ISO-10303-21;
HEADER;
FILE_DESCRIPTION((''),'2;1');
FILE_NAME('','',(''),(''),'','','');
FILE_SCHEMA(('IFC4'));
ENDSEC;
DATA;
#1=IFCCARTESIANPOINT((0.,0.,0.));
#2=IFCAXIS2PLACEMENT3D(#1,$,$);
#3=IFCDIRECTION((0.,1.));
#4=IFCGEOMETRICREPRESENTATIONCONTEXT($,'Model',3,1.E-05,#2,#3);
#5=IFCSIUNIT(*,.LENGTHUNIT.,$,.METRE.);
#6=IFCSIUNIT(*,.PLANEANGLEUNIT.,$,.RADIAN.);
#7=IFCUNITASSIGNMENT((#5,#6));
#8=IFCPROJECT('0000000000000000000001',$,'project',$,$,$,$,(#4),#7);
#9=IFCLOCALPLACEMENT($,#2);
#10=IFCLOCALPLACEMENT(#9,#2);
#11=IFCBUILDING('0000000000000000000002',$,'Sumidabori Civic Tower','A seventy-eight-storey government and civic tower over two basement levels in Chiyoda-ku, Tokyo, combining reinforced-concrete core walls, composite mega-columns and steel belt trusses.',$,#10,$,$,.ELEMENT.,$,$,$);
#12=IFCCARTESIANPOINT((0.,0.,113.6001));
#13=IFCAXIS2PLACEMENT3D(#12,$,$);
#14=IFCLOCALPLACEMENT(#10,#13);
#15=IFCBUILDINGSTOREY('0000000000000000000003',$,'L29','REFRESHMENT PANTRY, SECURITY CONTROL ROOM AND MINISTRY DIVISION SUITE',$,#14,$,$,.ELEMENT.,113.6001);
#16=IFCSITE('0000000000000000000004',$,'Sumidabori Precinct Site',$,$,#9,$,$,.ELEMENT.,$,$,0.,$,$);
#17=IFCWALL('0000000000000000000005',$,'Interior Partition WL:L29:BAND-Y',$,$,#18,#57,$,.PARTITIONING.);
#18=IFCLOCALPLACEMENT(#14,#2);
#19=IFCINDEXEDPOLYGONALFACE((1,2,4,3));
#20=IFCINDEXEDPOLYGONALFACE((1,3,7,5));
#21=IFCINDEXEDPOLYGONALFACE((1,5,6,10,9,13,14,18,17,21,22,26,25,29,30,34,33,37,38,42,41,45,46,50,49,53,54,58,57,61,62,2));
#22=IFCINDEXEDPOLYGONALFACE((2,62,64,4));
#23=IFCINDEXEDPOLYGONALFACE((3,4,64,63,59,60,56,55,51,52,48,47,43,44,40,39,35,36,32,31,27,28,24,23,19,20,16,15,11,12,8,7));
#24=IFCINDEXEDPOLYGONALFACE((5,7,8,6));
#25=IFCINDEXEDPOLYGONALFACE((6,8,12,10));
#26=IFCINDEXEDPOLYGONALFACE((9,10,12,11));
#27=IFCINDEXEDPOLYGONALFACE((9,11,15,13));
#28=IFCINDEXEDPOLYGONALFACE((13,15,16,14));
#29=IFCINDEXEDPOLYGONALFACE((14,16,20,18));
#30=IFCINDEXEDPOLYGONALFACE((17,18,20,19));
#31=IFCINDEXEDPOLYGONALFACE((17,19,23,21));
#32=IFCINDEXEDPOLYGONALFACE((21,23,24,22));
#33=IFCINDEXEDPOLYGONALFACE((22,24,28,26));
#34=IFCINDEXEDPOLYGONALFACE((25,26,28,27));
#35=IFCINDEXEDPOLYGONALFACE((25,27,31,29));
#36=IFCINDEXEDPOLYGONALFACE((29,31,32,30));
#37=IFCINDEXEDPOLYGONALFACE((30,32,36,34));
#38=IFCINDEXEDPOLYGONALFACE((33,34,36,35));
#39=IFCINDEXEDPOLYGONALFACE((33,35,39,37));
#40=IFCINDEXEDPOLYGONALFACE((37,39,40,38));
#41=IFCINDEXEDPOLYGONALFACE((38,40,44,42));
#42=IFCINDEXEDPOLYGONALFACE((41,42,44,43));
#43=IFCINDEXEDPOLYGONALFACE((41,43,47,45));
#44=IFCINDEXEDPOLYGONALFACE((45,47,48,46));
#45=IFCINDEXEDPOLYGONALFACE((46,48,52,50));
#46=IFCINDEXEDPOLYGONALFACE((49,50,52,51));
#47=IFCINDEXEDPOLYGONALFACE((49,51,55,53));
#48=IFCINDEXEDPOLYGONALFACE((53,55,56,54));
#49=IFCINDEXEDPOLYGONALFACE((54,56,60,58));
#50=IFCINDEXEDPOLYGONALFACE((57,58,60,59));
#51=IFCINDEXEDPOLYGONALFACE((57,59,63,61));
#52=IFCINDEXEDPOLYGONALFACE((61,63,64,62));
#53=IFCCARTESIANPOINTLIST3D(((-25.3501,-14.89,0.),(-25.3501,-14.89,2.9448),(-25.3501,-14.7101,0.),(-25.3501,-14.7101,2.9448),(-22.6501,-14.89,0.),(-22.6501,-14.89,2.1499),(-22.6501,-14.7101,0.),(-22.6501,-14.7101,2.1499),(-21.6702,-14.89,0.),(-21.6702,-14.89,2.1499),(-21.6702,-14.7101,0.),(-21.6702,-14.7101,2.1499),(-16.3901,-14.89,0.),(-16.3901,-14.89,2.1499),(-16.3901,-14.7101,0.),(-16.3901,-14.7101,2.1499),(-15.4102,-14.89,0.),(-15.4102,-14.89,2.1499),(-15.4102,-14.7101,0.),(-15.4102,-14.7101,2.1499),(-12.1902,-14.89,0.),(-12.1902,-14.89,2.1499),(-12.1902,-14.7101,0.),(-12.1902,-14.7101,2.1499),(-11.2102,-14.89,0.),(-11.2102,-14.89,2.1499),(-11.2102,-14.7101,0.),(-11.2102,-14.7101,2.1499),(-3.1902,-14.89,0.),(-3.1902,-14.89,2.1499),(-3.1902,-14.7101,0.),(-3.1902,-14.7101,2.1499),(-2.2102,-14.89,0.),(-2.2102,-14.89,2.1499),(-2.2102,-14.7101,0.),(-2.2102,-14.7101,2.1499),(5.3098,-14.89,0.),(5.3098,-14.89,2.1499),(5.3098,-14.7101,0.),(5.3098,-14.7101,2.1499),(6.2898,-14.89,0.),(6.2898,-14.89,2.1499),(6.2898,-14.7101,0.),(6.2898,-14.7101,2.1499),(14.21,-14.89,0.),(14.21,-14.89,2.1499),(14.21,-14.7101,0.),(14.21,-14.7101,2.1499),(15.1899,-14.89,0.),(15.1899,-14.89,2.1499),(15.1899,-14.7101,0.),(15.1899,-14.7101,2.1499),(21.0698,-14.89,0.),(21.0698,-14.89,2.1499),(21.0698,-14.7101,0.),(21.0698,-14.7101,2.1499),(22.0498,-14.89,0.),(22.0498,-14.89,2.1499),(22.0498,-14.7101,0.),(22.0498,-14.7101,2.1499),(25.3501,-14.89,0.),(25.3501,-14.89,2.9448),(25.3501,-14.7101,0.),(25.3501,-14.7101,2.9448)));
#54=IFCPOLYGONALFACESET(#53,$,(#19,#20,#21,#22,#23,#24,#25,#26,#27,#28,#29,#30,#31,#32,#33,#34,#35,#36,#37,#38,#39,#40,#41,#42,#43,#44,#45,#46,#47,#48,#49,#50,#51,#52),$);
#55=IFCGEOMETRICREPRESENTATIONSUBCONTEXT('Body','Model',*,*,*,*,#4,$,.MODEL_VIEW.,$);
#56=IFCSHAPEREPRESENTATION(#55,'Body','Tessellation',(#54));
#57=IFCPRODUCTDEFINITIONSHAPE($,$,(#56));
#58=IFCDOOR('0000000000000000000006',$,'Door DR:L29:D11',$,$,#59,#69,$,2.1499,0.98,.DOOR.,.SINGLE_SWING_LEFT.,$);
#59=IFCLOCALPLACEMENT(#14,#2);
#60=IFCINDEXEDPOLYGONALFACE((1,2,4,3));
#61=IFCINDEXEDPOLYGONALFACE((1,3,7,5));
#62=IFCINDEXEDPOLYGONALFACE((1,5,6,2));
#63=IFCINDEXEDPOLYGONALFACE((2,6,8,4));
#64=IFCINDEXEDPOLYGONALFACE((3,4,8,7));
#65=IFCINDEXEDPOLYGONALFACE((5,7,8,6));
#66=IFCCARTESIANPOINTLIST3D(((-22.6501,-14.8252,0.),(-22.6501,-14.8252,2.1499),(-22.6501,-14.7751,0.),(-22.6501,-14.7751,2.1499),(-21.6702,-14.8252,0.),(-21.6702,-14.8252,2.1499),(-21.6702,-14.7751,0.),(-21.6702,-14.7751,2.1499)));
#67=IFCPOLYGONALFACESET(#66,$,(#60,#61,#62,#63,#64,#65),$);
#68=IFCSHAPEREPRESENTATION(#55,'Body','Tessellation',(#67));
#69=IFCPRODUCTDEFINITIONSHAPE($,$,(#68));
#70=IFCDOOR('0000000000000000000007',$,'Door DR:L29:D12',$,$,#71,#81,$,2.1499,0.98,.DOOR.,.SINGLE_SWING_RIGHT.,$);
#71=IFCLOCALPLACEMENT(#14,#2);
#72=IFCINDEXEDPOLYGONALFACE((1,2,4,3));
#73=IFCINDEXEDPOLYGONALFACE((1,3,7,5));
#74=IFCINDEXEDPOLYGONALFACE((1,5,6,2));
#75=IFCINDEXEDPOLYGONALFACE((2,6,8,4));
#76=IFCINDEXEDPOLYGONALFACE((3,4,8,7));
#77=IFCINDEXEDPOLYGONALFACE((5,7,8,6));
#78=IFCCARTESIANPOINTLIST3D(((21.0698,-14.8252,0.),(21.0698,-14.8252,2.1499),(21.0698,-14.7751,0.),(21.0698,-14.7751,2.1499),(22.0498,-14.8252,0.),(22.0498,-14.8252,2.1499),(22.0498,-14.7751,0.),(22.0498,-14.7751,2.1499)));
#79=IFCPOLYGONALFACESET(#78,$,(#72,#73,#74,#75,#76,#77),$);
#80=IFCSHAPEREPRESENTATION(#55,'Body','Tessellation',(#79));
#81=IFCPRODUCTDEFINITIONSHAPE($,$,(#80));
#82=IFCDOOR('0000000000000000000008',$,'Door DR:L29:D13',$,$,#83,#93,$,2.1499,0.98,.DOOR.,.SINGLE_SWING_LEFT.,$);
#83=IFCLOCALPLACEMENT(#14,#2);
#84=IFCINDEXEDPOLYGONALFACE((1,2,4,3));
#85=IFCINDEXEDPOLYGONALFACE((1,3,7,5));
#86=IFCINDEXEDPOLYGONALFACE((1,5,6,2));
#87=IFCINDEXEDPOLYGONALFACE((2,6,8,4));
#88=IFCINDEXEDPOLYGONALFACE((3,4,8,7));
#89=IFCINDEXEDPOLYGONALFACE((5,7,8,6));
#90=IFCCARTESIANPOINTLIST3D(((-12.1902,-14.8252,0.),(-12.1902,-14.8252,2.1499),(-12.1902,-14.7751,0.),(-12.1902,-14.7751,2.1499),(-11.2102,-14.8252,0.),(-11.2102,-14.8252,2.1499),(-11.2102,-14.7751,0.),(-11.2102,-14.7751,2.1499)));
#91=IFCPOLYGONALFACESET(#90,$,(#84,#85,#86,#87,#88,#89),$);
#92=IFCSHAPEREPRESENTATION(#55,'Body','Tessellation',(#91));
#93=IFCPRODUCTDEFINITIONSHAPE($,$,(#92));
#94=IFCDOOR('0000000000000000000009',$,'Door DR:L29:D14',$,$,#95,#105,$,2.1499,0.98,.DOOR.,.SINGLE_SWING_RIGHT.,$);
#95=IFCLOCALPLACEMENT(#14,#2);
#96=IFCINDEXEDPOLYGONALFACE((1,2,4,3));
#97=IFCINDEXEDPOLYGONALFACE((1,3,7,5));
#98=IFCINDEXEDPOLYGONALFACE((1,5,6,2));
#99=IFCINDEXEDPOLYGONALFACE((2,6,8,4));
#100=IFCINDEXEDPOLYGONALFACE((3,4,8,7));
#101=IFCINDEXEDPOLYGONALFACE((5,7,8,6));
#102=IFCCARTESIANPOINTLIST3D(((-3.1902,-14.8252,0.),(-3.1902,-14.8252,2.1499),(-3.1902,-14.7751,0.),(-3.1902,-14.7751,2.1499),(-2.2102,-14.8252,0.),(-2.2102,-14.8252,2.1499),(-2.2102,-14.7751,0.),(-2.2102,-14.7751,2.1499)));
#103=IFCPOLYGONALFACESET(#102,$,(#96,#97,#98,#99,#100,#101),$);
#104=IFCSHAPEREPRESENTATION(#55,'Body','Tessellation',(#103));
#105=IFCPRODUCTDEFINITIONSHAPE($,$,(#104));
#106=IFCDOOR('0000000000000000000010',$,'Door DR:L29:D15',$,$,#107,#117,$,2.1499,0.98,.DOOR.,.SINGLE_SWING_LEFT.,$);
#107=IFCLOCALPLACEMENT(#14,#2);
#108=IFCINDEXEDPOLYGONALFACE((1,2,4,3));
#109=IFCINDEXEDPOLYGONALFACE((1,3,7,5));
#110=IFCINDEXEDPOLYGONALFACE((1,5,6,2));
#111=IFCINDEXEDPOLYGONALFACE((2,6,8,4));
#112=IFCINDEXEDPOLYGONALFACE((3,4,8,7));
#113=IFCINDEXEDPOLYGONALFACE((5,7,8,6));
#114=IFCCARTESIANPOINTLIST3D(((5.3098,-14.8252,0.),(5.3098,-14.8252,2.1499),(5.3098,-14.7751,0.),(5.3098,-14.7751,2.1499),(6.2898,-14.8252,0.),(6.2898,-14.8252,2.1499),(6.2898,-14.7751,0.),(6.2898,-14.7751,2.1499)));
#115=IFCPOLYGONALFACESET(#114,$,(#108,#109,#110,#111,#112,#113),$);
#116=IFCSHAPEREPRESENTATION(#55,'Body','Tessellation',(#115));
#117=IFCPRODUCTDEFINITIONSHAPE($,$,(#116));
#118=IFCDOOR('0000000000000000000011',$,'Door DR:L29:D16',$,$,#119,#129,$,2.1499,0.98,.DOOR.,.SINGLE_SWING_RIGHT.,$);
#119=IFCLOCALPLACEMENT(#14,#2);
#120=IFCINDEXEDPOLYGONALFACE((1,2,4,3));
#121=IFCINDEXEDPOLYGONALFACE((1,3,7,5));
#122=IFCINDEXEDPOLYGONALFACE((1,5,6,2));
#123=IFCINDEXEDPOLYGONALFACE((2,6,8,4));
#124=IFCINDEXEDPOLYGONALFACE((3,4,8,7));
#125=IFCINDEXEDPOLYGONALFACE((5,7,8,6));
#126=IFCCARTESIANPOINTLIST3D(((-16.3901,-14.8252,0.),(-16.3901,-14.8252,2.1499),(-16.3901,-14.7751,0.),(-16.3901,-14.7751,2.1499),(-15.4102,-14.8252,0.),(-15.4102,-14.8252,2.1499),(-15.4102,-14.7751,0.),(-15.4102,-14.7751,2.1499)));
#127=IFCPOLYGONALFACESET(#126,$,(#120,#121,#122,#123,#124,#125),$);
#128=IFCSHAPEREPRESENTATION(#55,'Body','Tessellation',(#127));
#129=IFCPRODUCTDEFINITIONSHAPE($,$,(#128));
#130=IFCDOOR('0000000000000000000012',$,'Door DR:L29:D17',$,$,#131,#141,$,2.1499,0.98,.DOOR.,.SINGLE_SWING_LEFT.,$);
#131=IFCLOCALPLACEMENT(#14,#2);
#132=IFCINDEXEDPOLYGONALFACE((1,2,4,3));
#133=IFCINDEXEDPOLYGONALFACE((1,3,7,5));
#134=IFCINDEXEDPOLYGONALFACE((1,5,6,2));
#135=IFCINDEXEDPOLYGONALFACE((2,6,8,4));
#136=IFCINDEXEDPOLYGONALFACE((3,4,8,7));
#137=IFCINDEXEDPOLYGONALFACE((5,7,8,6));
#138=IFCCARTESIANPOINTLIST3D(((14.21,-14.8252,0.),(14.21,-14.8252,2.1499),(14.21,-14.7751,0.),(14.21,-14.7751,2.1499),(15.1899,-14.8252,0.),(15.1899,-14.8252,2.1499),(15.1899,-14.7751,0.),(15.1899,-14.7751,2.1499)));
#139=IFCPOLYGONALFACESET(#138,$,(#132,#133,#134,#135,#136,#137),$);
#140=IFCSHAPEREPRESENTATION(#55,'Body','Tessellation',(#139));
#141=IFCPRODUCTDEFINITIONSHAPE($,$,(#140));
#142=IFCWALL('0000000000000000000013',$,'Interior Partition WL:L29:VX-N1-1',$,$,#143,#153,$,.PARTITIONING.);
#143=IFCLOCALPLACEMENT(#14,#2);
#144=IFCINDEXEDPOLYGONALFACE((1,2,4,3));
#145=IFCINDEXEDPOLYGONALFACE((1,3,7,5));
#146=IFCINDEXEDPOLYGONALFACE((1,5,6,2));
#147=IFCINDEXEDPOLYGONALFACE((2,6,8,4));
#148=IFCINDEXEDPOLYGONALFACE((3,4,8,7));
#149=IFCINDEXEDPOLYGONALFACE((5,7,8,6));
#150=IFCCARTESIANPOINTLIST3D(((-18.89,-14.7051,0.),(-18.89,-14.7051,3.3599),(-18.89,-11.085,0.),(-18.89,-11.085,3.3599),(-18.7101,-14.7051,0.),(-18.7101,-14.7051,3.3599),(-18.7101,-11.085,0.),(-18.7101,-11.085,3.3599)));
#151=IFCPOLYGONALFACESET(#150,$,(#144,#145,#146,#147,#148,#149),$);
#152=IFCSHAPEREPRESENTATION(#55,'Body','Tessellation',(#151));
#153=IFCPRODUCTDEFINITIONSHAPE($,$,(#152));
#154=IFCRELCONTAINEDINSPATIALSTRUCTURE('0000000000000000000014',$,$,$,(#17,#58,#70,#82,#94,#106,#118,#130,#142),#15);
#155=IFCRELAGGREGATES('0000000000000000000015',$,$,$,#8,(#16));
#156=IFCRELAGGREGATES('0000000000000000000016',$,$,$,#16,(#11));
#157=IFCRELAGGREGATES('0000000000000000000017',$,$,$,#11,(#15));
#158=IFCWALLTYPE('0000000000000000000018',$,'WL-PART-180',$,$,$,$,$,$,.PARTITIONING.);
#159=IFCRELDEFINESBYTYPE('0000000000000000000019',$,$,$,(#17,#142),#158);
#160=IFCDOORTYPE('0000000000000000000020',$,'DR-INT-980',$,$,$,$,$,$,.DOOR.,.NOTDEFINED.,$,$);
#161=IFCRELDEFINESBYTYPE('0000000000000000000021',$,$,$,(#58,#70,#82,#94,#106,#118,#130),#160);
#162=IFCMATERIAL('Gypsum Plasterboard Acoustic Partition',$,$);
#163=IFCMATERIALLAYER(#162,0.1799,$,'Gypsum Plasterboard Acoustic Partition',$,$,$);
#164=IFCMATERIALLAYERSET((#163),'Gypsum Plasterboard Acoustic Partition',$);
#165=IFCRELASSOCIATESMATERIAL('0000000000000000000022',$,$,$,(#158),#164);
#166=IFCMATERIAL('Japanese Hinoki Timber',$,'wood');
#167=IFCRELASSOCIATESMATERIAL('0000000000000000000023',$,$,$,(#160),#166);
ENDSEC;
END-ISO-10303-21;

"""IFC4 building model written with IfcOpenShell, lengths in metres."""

from ifc_helpers import new_model, si_unit, direction, frame, frame_2d, origin, place, context, subcontext, project, spatial, rectangle, extrude, source, transform, mapped, material, layer, layer_set, type_object, element, fill, save


model = new_model("IFC4")

# Units and contexts
model_context = context("Model", 3, precision=1e-05, world=origin(), true_north=direction((0.0, 1.0)))
body_context = subcontext(model_context, "Body", "Model", "MODEL_VIEW")
ifc_project = project(units=[si_unit("LENGTHUNIT", "METRE"), si_unit("PLANEANGLEUNIT", "RADIAN")], contexts=[model_context])

# Site, building, storey
site_placement = place(None, origin())
site = spatial("IfcSite", under=ifc_project, at=site_placement, Name="Sumidabori Precinct Site", CompositionType="ELEMENT", RefElevation=0.0)
building_placement = place(site_placement, origin())
building = spatial("IfcBuilding", under=site, at=building_placement, Name="Sumidabori Civic Tower", Description="A seventy-eight-storey government and civic tower over two basement levels in Chiyoda-ku, Tokyo, combining reinforced-concrete core walls, composite mega-columns and steel belt trusses.", CompositionType="ELEMENT")
storey_placement = place(building_placement, frame((0.0, 0.0, 113.6001)))
storey = spatial("IfcBuildingStorey", under=building, at=storey_placement, Name="L29", Description="REFRESHMENT PANTRY, SECURITY CONTROL ROOM AND MINISTRY DIVISION SUITE", CompositionType="ELEMENT", Elevation=113.6001)

# Wall, openings, doors
ifc_material_1 = material(Name="Gypsum Plasterboard Acoustic Partition")
ifc_layer_1 = layer(ifc_material_1, 0.1799, Name="Gypsum Plasterboard Acoustic Partition")
ifc_layer_set_1 = layer_set([ifc_layer_1], Name="Gypsum Plasterboard Acoustic Partition")
wall_type_1 = type_object("IfcWallType", Name="WL-PART-180", PredefinedType="PARTITIONING", material=ifc_layer_set_1)
shared_shape_1 = source(origin(), body_context, "Body", "SweptSolid", [
    extrude(rectangle(XDim=50.7002, YDim=0.1799, at=frame_2d((25.3501, 0.0))), origin(), (0.0, 0.0, 1.0), 2.9448),
])
wall_1_placement = place(storey_placement, frame((-25.3501, -14.8, 0.0), z_axis=(0.0, 0.0, 1.0), x_axis=(1.0, 0.0, 0.0)))
wall_1 = element("IfcWall", 1, at=wall_1_placement, inside=storey, type_object=wall_type_1, Name="Interior Partition WL:L29:BAND-Y", PredefinedType="PARTITIONING", context=body_context, shape_type="MappedRepresentation", body=[
    mapped(shared_shape_1, transform((0.0, 0.0, 0.0), x_axis=(1.0, 0.0, 0.0), y_axis=(0.0, 1.0, 0.0), z_axis=(0.0, 0.0, 1.0), scale=1.0)),
])
opening_1_placement = place(wall_1_placement, frame((2.7, 0.0, 0.0)))
opening_1 = element("IfcOpeningElement", 2, at=opening_1_placement, cuts=wall_1, PredefinedType="OPENING", context=body_context, shape_type="SweptSolid", body=[
    extrude(rectangle(XDim=0.98, YDim=2.1499, at=frame_2d((0.49, 1.075))), frame((0.0, 0.1021, 0.0), z_axis=(0.0, -1.0, 0.0), x_axis=(1.0, 0.0, 0.0)), (0.0, 0.0, 1.0), 0.2039),
])
opening_2_placement = place(wall_1_placement, frame((46.4199, 0.0, 0.0)))
opening_2 = element("IfcOpeningElement", 3, at=opening_2_placement, cuts=wall_1, PredefinedType="OPENING", context=body_context, shape_type="SweptSolid", body=[
    extrude(rectangle(XDim=0.98, YDim=2.1499, at=frame_2d((0.49, 1.075))), frame((0.0, 0.1021, 0.0), z_axis=(0.0, -1.0, 0.0), x_axis=(1.0, 0.0, 0.0)), (0.0, 0.0, 1.0), 0.2039),
])
opening_3_placement = place(wall_1_placement, frame((13.1599, 0.0, 0.0)))
opening_3 = element("IfcOpeningElement", 4, at=opening_3_placement, cuts=wall_1, PredefinedType="OPENING", context=body_context, shape_type="SweptSolid", body=[
    extrude(rectangle(XDim=0.98, YDim=2.1499, at=frame_2d((0.49, 1.075))), frame((0.0, 0.1021, 0.0), z_axis=(0.0, -1.0, 0.0), x_axis=(1.0, 0.0, 0.0)), (0.0, 0.0, 1.0), 0.2039),
])
opening_4_placement = place(wall_1_placement, frame((22.1599, 0.0, 0.0)))
opening_4 = element("IfcOpeningElement", 5, at=opening_4_placement, cuts=wall_1, PredefinedType="OPENING", context=body_context, shape_type="SweptSolid", body=[
    extrude(rectangle(XDim=0.98, YDim=2.1499, at=frame_2d((0.49, 1.075))), frame((0.0, 0.1021, 0.0), z_axis=(0.0, -1.0, 0.0), x_axis=(1.0, 0.0, 0.0)), (0.0, 0.0, 1.0), 0.2039),
])
opening_5_placement = place(wall_1_placement, frame((30.6599, 0.0, 0.0)))
opening_5 = element("IfcOpeningElement", 6, at=opening_5_placement, cuts=wall_1, PredefinedType="OPENING", context=body_context, shape_type="SweptSolid", body=[
    extrude(rectangle(XDim=0.98, YDim=2.1499, at=frame_2d((0.49, 1.075))), frame((0.0, 0.1021, 0.0), z_axis=(0.0, -1.0, 0.0), x_axis=(1.0, 0.0, 0.0)), (0.0, 0.0, 1.0), 0.2039),
])
opening_6_placement = place(wall_1_placement, frame((8.96, 0.0, 0.0)))
opening_6 = element("IfcOpeningElement", 7, at=opening_6_placement, cuts=wall_1, PredefinedType="OPENING", context=body_context, shape_type="SweptSolid", body=[
    extrude(rectangle(XDim=0.98, YDim=2.1499, at=frame_2d((0.49, 1.075))), frame((0.0, 0.1021, 0.0), z_axis=(0.0, -1.0, 0.0), x_axis=(1.0, 0.0, 0.0)), (0.0, 0.0, 1.0), 0.2039),
])
opening_7_placement = place(wall_1_placement, frame((39.5601, 0.0, 0.0)))
opening_7 = element("IfcOpeningElement", 8, at=opening_7_placement, cuts=wall_1, PredefinedType="OPENING", context=body_context, shape_type="SweptSolid", body=[
    extrude(rectangle(XDim=0.98, YDim=2.1499, at=frame_2d((0.49, 1.075))), frame((0.0, 0.1021, 0.0), z_axis=(0.0, -1.0, 0.0), x_axis=(1.0, 0.0, 0.0)), (0.0, 0.0, 1.0), 0.2039),
])
ifc_material_2 = material(Name="Japanese Hinoki Timber", Category="wood")
door_type = type_object("IfcDoorType", Name="DR-INT-980", OperationType="NOTDEFINED", PredefinedType="DOOR", material=ifc_material_2)
shared_shape_2 = source(origin(), body_context, "Body", "SweptSolid", [
    extrude(rectangle(XDim=0.98, YDim=2.1499, at=frame_2d((0.49, 1.075))), frame((0.0, 0.0249, 0.0), z_axis=(0.0, -1.0, 0.0), x_axis=(1.0, 0.0, 0.0)), (0.0, 0.0, 1.0), 0.05),
])
door_1_placement = place(opening_1_placement, origin())
door_1 = element("IfcDoor", 9, at=door_1_placement, inside=storey, type_object=door_type, Name="Door DR:L29:D11", OperationType="SINGLE_SWING_LEFT", OverallHeight=2.1499, OverallWidth=0.98, PredefinedType="DOOR", context=body_context, shape_type="MappedRepresentation", body=[
    mapped(shared_shape_2, transform((0.0, 0.0, 0.0), x_axis=(1.0, 0.0, 0.0), y_axis=(0.0, 1.0, 0.0), z_axis=(0.0, 0.0, 1.0), scale=1.0)),
])
fill(opening_1, door_1)
door_2_placement = place(opening_2_placement, origin())
door_2 = element("IfcDoor", 10, at=door_2_placement, inside=storey, type_object=door_type, Name="Door DR:L29:D12", OperationType="SINGLE_SWING_RIGHT", OverallHeight=2.1499, OverallWidth=0.98, PredefinedType="DOOR", context=body_context, shape_type="MappedRepresentation", body=[
    mapped(shared_shape_2, transform((0.0, 0.0, 0.0), x_axis=(1.0, 0.0, 0.0), y_axis=(0.0, 1.0, 0.0), z_axis=(0.0, 0.0, 1.0), scale=1.0)),
])
fill(opening_2, door_2)
door_3_placement = place(opening_3_placement, origin())
door_3 = element("IfcDoor", 11, at=door_3_placement, inside=storey, type_object=door_type, Name="Door DR:L29:D13", OperationType="SINGLE_SWING_LEFT", OverallHeight=2.1499, OverallWidth=0.98, PredefinedType="DOOR", context=body_context, shape_type="MappedRepresentation", body=[
    mapped(shared_shape_2, transform((0.0, 0.0, 0.0), x_axis=(1.0, 0.0, 0.0), y_axis=(0.0, 1.0, 0.0), z_axis=(0.0, 0.0, 1.0), scale=1.0)),
])
fill(opening_3, door_3)
door_4_placement = place(opening_4_placement, origin())
door_4 = element("IfcDoor", 12, at=door_4_placement, inside=storey, type_object=door_type, Name="Door DR:L29:D14", OperationType="SINGLE_SWING_RIGHT", OverallHeight=2.1499, OverallWidth=0.98, PredefinedType="DOOR", context=body_context, shape_type="MappedRepresentation", body=[
    mapped(shared_shape_2, transform((0.0, 0.0, 0.0), x_axis=(1.0, 0.0, 0.0), y_axis=(0.0, 1.0, 0.0), z_axis=(0.0, 0.0, 1.0), scale=1.0)),
])
fill(opening_4, door_4)
door_5_placement = place(opening_5_placement, origin())
door_5 = element("IfcDoor", 13, at=door_5_placement, inside=storey, type_object=door_type, Name="Door DR:L29:D15", OperationType="SINGLE_SWING_LEFT", OverallHeight=2.1499, OverallWidth=0.98, PredefinedType="DOOR", context=body_context, shape_type="MappedRepresentation", body=[
    mapped(shared_shape_2, transform((0.0, 0.0, 0.0), x_axis=(1.0, 0.0, 0.0), y_axis=(0.0, 1.0, 0.0), z_axis=(0.0, 0.0, 1.0), scale=1.0)),
])
fill(opening_5, door_5)
door_6_placement = place(opening_6_placement, origin())
door_6 = element("IfcDoor", 14, at=door_6_placement, inside=storey, type_object=door_type, Name="Door DR:L29:D16", OperationType="SINGLE_SWING_RIGHT", OverallHeight=2.1499, OverallWidth=0.98, PredefinedType="DOOR", context=body_context, shape_type="MappedRepresentation", body=[
    mapped(shared_shape_2, transform((0.0, 0.0, 0.0), x_axis=(1.0, 0.0, 0.0), y_axis=(0.0, 1.0, 0.0), z_axis=(0.0, 0.0, 1.0), scale=1.0)),
])
fill(opening_6, door_6)
door_7_placement = place(opening_7_placement, origin())
door_7 = element("IfcDoor", 15, at=door_7_placement, inside=storey, type_object=door_type, Name="Door DR:L29:D17", OperationType="SINGLE_SWING_LEFT", OverallHeight=2.1499, OverallWidth=0.98, PredefinedType="DOOR", context=body_context, shape_type="MappedRepresentation", body=[
    mapped(shared_shape_2, transform((0.0, 0.0, 0.0), x_axis=(1.0, 0.0, 0.0), y_axis=(0.0, 1.0, 0.0), z_axis=(0.0, 0.0, 1.0), scale=1.0)),
])
fill(opening_7, door_7)

# Wall
shared_shape_3 = source(origin(), body_context, "Body", "SweptSolid", [
    extrude(rectangle(XDim=3.6201, YDim=0.1799, at=frame_2d((1.8101, 0.0))), origin(), (0.0, 0.0, 1.0), 3.3599),
])
wall_2_placement = place(storey_placement, frame((-18.8, -14.7051, 0.0), z_axis=(0.0, 0.0, 1.0), x_axis=(0.0, 1.0, 0.0)))
element("IfcWall", 16, at=wall_2_placement, inside=storey, type_object=wall_type_1, Name="Interior Partition WL:L29:VX-N1-1", PredefinedType="PARTITIONING", context=body_context, shape_type="MappedRepresentation", body=[
    mapped(shared_shape_3, transform((0.0, 0.0, 0.0), x_axis=(1.0, 0.0, 0.0), y_axis=(0.0, 1.0, 0.0), z_axis=(0.0, 0.0, 1.0), scale=1.0)),
])

save(model, "model.ifc")
